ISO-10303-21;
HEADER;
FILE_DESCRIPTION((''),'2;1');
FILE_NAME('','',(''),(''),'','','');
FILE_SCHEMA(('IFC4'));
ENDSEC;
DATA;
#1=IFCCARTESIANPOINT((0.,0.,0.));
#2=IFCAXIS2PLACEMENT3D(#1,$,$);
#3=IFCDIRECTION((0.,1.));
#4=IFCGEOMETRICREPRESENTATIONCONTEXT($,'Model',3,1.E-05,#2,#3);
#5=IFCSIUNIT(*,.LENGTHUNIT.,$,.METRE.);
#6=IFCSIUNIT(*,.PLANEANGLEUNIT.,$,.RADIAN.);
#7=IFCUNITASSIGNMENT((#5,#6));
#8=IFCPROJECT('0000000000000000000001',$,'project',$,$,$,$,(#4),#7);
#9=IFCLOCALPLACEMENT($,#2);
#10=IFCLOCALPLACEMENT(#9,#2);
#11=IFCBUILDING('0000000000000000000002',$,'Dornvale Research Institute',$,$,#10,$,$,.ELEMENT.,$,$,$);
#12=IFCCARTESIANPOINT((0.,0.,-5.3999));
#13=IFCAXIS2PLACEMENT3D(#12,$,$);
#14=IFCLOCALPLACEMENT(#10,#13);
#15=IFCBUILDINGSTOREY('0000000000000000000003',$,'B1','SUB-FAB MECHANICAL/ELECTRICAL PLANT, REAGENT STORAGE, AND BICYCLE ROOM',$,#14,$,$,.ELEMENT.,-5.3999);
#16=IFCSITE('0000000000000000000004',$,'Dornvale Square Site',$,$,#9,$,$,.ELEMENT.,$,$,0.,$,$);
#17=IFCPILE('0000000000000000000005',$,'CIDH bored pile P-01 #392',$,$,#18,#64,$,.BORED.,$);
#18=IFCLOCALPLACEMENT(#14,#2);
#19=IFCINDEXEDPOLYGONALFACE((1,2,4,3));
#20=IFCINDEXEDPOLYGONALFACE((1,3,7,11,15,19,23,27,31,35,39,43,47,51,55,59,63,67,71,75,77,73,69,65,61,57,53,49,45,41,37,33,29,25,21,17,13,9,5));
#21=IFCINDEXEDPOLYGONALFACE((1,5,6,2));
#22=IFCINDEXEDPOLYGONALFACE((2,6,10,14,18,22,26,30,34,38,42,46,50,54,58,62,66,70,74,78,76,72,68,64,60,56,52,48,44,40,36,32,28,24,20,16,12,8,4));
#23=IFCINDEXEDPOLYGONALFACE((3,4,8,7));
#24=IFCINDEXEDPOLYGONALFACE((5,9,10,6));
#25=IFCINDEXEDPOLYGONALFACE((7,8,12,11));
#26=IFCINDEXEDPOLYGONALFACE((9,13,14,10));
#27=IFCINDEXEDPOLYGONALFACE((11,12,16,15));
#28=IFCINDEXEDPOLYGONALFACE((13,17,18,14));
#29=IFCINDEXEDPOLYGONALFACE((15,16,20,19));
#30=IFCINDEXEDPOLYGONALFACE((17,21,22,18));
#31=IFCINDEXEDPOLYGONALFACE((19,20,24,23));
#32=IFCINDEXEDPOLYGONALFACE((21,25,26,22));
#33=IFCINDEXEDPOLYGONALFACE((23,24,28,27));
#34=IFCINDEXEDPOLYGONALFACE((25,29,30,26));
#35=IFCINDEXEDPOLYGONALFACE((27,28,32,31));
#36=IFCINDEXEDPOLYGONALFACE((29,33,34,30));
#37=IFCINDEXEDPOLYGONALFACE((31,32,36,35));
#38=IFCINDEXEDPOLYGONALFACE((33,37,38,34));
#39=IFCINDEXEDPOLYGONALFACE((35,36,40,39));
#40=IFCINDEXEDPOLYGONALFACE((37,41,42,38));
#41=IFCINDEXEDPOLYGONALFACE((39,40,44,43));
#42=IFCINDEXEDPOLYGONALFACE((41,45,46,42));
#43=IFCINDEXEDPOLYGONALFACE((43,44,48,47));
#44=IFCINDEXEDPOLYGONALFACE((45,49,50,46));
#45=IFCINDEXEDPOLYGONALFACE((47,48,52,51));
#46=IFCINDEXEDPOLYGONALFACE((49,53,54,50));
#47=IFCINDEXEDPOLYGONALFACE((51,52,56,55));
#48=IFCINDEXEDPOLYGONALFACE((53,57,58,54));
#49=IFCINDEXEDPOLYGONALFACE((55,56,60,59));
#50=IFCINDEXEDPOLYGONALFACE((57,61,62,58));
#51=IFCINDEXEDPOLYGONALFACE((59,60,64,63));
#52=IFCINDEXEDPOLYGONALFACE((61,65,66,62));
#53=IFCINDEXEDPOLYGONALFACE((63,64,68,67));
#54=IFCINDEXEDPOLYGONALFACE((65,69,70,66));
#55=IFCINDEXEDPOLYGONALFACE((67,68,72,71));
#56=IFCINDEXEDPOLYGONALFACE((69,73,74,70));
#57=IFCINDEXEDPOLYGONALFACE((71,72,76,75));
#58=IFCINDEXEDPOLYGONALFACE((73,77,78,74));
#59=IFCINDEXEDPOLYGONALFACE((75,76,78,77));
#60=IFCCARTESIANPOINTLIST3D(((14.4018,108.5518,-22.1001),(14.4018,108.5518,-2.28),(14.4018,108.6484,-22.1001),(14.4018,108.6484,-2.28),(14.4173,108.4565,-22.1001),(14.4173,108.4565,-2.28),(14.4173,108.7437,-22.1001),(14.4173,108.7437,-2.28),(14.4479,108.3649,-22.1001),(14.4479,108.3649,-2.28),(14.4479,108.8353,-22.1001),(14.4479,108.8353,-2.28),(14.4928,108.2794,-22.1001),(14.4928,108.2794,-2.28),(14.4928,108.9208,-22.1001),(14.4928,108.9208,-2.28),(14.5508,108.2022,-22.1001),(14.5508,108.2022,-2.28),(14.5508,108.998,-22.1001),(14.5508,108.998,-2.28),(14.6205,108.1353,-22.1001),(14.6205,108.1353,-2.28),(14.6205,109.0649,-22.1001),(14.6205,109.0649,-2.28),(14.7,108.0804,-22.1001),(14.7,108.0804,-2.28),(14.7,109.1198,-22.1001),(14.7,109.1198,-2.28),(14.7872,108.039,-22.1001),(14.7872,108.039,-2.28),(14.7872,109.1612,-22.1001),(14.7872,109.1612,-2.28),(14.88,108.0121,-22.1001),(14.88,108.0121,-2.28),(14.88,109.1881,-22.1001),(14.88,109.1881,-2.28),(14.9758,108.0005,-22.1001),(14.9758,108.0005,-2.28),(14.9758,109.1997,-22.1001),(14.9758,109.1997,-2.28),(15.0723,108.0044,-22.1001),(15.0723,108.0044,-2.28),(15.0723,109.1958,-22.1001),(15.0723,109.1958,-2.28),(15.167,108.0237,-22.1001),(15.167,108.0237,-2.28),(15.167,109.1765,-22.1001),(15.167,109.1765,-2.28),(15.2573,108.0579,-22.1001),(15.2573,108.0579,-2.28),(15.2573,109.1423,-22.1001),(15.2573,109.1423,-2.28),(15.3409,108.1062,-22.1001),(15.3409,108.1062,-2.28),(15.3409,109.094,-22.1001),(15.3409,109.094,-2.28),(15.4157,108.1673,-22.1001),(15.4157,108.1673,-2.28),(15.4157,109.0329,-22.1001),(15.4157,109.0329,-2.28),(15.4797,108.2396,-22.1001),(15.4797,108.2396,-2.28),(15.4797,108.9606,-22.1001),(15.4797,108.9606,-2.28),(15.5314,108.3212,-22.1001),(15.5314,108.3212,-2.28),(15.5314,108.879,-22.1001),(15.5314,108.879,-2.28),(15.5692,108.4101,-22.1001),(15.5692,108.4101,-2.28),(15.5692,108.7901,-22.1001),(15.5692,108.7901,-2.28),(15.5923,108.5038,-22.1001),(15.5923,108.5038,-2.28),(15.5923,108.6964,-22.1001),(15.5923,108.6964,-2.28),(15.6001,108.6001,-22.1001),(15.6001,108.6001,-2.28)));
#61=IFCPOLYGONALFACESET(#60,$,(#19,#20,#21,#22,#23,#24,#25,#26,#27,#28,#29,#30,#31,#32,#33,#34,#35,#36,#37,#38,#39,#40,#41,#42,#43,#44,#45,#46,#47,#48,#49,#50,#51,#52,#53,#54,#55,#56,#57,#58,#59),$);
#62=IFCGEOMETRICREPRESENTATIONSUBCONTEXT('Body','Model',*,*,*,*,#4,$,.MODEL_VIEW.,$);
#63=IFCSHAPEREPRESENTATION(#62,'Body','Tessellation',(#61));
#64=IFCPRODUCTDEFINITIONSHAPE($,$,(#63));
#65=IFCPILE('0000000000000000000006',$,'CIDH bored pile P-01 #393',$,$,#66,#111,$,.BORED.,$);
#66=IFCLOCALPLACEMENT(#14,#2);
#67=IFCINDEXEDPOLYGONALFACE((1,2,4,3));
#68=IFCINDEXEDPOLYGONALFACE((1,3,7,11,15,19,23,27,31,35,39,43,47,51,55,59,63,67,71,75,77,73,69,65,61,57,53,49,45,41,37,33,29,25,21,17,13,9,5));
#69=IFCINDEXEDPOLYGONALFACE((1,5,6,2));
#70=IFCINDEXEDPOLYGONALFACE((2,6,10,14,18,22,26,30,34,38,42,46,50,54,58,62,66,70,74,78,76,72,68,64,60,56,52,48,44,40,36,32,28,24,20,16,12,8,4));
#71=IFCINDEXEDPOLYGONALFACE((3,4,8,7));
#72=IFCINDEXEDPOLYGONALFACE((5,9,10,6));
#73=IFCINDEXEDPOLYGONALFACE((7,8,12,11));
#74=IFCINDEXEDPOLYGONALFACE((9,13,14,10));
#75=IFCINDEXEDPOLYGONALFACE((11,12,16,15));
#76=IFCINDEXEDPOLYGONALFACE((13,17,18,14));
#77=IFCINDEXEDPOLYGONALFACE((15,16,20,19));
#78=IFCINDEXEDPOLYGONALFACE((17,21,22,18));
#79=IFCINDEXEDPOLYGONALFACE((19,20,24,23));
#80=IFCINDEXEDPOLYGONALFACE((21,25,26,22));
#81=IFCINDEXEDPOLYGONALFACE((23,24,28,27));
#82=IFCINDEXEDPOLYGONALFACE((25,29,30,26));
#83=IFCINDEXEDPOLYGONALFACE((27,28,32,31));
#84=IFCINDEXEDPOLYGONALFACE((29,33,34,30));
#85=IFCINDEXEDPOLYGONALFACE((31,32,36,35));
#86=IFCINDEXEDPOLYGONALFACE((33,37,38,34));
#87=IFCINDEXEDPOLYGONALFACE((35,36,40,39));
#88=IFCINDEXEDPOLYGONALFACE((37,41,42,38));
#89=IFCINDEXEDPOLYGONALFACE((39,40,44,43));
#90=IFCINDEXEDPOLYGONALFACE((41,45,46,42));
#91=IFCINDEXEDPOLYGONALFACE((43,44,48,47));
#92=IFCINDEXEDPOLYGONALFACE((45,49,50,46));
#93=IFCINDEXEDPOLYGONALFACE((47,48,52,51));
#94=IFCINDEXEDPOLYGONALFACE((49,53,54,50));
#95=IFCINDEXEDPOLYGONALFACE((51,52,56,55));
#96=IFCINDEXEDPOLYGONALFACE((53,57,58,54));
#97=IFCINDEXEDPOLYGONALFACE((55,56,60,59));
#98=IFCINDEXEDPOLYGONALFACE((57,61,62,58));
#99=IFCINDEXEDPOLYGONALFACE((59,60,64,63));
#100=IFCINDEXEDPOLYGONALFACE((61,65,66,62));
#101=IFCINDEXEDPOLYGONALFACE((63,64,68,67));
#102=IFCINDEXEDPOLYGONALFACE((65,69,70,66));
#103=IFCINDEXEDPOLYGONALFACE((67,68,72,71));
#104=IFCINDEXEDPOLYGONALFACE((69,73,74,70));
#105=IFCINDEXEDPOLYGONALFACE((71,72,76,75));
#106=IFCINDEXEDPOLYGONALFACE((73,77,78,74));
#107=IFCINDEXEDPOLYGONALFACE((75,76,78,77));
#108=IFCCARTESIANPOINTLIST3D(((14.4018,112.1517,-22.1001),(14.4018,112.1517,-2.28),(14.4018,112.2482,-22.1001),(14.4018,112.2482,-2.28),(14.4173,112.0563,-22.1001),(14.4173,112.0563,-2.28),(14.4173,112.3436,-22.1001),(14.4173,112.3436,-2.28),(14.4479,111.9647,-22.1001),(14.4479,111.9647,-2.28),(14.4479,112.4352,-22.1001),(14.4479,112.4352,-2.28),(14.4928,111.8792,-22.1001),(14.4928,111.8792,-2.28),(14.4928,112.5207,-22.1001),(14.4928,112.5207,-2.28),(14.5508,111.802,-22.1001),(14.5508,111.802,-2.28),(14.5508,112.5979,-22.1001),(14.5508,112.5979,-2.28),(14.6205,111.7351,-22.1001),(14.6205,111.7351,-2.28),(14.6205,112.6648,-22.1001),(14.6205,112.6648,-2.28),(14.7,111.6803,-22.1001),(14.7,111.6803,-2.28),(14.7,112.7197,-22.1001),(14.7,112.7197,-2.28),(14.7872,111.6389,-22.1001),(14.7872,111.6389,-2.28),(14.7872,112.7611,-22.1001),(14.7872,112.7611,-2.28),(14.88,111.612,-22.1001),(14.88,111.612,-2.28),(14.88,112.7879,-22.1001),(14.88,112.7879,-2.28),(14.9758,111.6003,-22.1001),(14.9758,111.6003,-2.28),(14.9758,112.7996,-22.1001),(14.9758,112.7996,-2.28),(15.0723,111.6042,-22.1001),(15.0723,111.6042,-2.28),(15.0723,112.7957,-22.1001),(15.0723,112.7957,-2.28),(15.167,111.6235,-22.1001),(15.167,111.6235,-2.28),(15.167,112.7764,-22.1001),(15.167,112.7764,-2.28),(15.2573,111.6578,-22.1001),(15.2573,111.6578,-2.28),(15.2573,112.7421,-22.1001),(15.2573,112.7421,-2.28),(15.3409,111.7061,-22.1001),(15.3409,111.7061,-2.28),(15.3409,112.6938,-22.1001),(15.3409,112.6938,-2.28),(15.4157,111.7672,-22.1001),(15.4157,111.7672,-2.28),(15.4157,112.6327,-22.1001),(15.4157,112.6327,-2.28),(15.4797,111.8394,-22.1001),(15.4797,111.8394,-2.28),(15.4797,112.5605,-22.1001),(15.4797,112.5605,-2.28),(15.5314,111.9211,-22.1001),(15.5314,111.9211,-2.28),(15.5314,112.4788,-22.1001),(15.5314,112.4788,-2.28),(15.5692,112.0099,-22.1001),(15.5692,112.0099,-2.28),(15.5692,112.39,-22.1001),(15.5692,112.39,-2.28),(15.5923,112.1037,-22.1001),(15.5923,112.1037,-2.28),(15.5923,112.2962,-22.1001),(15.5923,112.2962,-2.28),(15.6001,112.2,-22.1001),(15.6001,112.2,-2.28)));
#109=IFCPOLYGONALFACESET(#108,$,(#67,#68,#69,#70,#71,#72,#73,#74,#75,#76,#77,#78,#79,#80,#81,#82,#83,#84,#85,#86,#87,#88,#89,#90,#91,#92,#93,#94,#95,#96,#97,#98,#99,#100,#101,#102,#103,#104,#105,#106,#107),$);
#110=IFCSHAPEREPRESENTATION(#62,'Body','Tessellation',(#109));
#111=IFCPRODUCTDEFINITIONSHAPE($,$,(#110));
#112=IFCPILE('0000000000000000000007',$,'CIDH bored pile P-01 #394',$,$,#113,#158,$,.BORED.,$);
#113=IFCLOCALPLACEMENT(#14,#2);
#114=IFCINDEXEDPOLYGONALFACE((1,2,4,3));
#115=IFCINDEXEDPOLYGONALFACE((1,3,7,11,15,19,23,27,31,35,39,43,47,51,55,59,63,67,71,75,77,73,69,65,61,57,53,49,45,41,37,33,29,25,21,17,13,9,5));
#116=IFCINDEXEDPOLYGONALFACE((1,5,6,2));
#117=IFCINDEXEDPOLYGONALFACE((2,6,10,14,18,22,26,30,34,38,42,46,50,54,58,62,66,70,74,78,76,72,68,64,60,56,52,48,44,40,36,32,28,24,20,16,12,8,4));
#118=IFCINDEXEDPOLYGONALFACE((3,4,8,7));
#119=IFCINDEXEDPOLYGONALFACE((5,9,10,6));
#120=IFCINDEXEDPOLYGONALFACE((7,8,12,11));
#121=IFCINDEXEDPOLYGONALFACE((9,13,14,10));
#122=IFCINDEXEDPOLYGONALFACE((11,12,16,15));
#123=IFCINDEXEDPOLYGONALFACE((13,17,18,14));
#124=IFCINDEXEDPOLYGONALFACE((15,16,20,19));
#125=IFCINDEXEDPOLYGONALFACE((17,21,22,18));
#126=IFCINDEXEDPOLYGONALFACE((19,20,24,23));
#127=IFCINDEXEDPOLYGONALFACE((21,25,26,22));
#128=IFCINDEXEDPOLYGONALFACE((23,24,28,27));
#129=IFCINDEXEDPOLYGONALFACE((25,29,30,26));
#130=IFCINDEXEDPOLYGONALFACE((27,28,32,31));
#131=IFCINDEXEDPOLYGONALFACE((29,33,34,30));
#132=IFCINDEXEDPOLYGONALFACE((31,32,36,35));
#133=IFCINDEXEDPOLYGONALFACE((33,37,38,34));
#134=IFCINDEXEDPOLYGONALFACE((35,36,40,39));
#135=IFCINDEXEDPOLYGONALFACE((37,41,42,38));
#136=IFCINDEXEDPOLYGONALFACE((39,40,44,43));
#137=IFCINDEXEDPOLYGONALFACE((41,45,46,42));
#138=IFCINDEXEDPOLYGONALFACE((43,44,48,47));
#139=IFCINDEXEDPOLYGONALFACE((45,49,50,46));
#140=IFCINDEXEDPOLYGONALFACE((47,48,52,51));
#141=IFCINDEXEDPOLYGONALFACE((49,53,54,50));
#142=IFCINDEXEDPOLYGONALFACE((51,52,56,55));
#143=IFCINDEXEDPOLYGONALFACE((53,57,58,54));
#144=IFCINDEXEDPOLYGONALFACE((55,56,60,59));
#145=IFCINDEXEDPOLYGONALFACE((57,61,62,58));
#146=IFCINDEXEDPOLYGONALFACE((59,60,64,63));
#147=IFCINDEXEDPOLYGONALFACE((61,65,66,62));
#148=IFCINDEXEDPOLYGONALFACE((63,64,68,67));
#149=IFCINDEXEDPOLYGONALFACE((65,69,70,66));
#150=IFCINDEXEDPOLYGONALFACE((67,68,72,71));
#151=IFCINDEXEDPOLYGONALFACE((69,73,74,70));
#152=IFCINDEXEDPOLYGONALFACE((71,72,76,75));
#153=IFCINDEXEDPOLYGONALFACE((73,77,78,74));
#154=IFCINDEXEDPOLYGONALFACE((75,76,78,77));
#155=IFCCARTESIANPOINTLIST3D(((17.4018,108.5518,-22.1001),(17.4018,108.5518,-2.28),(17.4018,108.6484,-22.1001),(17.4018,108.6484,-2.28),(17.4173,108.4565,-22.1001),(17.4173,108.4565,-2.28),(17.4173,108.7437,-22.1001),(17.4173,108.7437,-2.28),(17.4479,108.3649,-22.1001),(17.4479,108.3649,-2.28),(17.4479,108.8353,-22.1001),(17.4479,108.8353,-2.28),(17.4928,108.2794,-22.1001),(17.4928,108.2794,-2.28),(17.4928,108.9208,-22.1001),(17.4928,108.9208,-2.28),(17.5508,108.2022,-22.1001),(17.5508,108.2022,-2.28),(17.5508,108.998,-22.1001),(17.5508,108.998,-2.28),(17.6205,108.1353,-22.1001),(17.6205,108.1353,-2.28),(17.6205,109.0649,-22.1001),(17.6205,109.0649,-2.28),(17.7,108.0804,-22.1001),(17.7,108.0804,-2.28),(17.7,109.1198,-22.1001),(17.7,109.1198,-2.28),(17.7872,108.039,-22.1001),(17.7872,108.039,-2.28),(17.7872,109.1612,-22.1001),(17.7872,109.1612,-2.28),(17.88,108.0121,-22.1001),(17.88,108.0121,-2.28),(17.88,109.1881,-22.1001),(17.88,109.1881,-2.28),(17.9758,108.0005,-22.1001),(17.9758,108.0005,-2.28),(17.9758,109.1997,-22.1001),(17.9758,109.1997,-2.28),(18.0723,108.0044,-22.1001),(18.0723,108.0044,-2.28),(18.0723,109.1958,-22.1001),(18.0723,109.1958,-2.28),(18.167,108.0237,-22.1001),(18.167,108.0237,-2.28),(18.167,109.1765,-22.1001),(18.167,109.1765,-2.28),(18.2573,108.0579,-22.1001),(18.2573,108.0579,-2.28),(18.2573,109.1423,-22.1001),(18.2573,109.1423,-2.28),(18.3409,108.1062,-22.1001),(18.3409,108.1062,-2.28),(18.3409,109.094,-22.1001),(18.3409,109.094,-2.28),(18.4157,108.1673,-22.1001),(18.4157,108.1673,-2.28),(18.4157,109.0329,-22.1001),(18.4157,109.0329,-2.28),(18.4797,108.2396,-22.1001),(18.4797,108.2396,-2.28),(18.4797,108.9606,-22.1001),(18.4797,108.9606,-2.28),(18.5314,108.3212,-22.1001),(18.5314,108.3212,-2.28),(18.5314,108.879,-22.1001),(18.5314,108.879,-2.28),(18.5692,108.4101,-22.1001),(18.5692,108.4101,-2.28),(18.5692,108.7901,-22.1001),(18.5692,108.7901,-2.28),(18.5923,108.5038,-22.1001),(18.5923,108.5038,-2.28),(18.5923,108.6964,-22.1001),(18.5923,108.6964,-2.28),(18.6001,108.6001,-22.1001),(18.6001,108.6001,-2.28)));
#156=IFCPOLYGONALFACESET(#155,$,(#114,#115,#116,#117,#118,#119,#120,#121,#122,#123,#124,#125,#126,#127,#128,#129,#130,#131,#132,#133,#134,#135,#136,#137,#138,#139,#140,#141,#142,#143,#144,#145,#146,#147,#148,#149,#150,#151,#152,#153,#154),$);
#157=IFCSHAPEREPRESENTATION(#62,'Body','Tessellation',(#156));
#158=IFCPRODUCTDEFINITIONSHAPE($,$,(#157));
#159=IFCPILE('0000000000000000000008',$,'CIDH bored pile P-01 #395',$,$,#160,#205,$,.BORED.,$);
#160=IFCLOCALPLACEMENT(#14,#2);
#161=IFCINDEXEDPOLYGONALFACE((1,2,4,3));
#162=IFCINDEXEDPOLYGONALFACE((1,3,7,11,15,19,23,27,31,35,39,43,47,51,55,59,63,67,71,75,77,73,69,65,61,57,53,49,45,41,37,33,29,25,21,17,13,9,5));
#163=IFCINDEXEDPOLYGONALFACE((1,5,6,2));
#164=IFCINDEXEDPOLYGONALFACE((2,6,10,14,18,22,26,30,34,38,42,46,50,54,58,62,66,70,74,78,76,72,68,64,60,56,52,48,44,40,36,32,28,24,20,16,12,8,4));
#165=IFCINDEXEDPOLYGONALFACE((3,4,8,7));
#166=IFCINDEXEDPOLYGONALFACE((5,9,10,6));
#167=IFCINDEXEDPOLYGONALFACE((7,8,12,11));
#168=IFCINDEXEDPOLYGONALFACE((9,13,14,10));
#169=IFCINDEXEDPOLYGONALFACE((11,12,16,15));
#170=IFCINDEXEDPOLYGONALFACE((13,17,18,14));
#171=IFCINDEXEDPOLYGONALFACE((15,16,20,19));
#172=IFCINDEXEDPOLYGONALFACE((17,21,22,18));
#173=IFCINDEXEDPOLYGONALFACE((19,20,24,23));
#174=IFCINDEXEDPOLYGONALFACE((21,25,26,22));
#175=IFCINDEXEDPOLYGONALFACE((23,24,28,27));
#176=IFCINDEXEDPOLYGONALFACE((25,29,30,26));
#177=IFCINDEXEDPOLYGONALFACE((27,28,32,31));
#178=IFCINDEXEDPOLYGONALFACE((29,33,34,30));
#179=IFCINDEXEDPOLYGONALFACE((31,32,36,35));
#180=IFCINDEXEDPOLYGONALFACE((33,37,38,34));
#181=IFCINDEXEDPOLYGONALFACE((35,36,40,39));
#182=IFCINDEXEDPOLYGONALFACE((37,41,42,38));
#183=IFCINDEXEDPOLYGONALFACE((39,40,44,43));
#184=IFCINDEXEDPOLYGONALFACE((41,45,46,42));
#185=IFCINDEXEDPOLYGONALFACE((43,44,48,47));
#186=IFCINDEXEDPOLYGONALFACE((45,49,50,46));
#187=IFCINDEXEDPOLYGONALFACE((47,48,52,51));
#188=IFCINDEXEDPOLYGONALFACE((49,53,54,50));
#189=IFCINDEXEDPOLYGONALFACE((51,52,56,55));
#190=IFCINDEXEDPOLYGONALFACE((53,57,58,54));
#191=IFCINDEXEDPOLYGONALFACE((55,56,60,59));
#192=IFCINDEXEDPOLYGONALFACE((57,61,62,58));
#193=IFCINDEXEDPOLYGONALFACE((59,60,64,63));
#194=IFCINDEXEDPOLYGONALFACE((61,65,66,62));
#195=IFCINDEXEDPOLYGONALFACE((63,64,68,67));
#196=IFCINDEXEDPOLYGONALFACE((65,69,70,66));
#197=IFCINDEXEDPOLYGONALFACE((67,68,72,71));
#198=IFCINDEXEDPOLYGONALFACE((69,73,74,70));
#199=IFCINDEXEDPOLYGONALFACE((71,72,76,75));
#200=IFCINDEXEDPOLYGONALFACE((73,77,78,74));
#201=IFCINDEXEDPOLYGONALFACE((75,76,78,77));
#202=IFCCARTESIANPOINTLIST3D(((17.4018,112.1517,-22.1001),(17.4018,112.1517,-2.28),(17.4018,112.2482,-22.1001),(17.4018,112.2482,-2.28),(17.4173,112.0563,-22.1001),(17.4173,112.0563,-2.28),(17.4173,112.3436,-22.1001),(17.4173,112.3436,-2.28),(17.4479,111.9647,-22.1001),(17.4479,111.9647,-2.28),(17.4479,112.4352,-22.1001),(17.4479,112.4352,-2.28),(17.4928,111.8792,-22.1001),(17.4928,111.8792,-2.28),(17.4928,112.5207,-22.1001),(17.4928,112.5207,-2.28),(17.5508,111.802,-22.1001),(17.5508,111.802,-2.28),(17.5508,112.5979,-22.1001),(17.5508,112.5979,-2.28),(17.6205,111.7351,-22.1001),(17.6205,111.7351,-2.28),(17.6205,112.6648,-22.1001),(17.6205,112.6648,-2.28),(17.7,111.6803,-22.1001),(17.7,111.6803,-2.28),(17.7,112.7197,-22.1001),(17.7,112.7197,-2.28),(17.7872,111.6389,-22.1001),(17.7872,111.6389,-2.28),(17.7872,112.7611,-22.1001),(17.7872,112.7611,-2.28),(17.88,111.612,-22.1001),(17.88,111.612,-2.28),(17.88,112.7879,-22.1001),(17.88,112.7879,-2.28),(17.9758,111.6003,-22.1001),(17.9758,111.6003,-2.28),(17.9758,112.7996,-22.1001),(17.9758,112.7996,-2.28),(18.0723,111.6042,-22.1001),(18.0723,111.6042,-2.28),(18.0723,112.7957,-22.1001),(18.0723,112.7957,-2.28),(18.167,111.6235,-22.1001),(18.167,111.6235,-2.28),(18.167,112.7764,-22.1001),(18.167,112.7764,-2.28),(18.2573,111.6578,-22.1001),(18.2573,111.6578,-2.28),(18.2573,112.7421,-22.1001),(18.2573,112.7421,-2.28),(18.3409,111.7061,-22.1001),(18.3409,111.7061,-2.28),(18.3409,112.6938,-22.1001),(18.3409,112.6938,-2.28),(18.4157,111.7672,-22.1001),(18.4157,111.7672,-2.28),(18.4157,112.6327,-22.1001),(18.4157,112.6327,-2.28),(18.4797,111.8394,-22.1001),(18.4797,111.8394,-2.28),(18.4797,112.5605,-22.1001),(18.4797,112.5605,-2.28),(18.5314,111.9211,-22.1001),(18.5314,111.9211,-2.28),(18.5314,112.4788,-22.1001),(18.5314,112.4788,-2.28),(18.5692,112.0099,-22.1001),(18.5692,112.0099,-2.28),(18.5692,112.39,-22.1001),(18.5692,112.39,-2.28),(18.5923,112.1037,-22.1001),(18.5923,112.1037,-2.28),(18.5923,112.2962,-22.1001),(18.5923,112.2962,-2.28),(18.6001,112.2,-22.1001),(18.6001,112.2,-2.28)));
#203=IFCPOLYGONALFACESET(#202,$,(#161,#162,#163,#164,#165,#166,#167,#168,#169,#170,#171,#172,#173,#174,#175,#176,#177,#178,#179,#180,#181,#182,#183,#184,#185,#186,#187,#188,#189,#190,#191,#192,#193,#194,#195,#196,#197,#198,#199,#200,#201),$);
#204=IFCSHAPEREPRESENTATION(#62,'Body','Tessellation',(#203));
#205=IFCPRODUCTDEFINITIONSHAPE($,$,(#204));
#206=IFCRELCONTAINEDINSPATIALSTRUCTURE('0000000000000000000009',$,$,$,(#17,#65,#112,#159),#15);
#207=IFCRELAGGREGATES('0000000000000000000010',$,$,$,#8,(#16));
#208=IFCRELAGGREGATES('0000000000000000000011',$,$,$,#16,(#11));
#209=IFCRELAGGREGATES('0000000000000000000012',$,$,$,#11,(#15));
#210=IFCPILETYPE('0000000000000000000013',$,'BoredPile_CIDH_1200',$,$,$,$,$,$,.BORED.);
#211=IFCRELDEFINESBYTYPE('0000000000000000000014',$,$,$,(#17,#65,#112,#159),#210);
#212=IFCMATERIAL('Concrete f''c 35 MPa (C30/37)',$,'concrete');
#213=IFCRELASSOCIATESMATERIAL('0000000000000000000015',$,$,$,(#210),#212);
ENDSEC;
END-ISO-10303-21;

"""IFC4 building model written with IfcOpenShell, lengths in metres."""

from ifc_helpers import new_model, si_unit, direction, frame, origin, origin_2d, place, context, subcontext, project, spatial, circle, extrude, material, material_profile, profile_set, type_object, element, save


model = new_model("IFC4")

# Units and contexts
model_context = context("Model", 3, precision=1e-05, world=origin(), true_north=direction((0.0, 1.0)))
body_context = subcontext(model_context, "Body", "Model", "MODEL_VIEW")
ifc_project = project(units=[si_unit("LENGTHUNIT", "METRE"), si_unit("PLANEANGLEUNIT", "RADIAN")], contexts=[model_context])

# Site, building, storey
site_placement = place(None, origin())
site = spatial("IfcSite", under=ifc_project, at=site_placement, Name="Dornvale Square Site", CompositionType="ELEMENT", RefElevation=0.0)
building_placement = place(site_placement, origin())
building = spatial("IfcBuilding", under=site, at=building_placement, Name="Dornvale Research Institute", CompositionType="ELEMENT")
storey_placement = place(building_placement, frame((0.0, 0.0, -5.3999)))
storey = spatial("IfcBuildingStorey", under=building, at=storey_placement, Name="B1", Description="SUB-FAB MECHANICAL/ELECTRICAL PLANT, REAGENT STORAGE, AND BICYCLE ROOM", CompositionType="ELEMENT", Elevation=-5.3999)

# Piles
ifc_material_1 = material(Name="Concrete f'c 35 MPa (C30/37)", Category="concrete")
ifc_material_profile_1 = material_profile(ifc_material_1, circle(Radius=0.6001, at=origin_2d()), Name="CIDH PILE D1200")
ifc_profile_set_1 = profile_set([ifc_material_profile_1], Name="Concrete f'c 35 MPa (C30/37)")
pile_type = type_object("IfcPileType", Name="BoredPile_CIDH_1200", PredefinedType="BORED", material=ifc_profile_set_1)
for number, where, z_axis, x_axis, name in (
    (1, (15.0, 108.6001, -2.28), (0.0, 0.0, -1.0), (1.0, 0.0, 0.0), "CIDH bored pile P-01 #392"),
    (2, (15.0, 112.2, -2.28), (0.0, 0.0, -1.0), (1.0, 0.0, 0.0), "CIDH bored pile P-01 #393"),
    (3, (18.0, 108.6001, -2.28), (0.0, 0.0, -1.0), (1.0, 0.0, 0.0), "CIDH bored pile P-01 #394"),
    (4, (18.0, 112.2, -2.28), (0.0, 0.0, -1.0), (1.0, 0.0, 0.0), "CIDH bored pile P-01 #395"),
):
    element("IfcPile", number, at=place(storey_placement, frame(where, z_axis=z_axis, x_axis=x_axis)), inside=storey, type_object=pile_type, Name=name, PredefinedType="BORED", context=body_context, shape_type="SweptSolid", body=[
        extrude(circle(Radius=0.6001, at=origin_2d()), origin(), (0.0, 0.0, 1.0), 19.8201),
    ])

save(model, "model.ifc")
